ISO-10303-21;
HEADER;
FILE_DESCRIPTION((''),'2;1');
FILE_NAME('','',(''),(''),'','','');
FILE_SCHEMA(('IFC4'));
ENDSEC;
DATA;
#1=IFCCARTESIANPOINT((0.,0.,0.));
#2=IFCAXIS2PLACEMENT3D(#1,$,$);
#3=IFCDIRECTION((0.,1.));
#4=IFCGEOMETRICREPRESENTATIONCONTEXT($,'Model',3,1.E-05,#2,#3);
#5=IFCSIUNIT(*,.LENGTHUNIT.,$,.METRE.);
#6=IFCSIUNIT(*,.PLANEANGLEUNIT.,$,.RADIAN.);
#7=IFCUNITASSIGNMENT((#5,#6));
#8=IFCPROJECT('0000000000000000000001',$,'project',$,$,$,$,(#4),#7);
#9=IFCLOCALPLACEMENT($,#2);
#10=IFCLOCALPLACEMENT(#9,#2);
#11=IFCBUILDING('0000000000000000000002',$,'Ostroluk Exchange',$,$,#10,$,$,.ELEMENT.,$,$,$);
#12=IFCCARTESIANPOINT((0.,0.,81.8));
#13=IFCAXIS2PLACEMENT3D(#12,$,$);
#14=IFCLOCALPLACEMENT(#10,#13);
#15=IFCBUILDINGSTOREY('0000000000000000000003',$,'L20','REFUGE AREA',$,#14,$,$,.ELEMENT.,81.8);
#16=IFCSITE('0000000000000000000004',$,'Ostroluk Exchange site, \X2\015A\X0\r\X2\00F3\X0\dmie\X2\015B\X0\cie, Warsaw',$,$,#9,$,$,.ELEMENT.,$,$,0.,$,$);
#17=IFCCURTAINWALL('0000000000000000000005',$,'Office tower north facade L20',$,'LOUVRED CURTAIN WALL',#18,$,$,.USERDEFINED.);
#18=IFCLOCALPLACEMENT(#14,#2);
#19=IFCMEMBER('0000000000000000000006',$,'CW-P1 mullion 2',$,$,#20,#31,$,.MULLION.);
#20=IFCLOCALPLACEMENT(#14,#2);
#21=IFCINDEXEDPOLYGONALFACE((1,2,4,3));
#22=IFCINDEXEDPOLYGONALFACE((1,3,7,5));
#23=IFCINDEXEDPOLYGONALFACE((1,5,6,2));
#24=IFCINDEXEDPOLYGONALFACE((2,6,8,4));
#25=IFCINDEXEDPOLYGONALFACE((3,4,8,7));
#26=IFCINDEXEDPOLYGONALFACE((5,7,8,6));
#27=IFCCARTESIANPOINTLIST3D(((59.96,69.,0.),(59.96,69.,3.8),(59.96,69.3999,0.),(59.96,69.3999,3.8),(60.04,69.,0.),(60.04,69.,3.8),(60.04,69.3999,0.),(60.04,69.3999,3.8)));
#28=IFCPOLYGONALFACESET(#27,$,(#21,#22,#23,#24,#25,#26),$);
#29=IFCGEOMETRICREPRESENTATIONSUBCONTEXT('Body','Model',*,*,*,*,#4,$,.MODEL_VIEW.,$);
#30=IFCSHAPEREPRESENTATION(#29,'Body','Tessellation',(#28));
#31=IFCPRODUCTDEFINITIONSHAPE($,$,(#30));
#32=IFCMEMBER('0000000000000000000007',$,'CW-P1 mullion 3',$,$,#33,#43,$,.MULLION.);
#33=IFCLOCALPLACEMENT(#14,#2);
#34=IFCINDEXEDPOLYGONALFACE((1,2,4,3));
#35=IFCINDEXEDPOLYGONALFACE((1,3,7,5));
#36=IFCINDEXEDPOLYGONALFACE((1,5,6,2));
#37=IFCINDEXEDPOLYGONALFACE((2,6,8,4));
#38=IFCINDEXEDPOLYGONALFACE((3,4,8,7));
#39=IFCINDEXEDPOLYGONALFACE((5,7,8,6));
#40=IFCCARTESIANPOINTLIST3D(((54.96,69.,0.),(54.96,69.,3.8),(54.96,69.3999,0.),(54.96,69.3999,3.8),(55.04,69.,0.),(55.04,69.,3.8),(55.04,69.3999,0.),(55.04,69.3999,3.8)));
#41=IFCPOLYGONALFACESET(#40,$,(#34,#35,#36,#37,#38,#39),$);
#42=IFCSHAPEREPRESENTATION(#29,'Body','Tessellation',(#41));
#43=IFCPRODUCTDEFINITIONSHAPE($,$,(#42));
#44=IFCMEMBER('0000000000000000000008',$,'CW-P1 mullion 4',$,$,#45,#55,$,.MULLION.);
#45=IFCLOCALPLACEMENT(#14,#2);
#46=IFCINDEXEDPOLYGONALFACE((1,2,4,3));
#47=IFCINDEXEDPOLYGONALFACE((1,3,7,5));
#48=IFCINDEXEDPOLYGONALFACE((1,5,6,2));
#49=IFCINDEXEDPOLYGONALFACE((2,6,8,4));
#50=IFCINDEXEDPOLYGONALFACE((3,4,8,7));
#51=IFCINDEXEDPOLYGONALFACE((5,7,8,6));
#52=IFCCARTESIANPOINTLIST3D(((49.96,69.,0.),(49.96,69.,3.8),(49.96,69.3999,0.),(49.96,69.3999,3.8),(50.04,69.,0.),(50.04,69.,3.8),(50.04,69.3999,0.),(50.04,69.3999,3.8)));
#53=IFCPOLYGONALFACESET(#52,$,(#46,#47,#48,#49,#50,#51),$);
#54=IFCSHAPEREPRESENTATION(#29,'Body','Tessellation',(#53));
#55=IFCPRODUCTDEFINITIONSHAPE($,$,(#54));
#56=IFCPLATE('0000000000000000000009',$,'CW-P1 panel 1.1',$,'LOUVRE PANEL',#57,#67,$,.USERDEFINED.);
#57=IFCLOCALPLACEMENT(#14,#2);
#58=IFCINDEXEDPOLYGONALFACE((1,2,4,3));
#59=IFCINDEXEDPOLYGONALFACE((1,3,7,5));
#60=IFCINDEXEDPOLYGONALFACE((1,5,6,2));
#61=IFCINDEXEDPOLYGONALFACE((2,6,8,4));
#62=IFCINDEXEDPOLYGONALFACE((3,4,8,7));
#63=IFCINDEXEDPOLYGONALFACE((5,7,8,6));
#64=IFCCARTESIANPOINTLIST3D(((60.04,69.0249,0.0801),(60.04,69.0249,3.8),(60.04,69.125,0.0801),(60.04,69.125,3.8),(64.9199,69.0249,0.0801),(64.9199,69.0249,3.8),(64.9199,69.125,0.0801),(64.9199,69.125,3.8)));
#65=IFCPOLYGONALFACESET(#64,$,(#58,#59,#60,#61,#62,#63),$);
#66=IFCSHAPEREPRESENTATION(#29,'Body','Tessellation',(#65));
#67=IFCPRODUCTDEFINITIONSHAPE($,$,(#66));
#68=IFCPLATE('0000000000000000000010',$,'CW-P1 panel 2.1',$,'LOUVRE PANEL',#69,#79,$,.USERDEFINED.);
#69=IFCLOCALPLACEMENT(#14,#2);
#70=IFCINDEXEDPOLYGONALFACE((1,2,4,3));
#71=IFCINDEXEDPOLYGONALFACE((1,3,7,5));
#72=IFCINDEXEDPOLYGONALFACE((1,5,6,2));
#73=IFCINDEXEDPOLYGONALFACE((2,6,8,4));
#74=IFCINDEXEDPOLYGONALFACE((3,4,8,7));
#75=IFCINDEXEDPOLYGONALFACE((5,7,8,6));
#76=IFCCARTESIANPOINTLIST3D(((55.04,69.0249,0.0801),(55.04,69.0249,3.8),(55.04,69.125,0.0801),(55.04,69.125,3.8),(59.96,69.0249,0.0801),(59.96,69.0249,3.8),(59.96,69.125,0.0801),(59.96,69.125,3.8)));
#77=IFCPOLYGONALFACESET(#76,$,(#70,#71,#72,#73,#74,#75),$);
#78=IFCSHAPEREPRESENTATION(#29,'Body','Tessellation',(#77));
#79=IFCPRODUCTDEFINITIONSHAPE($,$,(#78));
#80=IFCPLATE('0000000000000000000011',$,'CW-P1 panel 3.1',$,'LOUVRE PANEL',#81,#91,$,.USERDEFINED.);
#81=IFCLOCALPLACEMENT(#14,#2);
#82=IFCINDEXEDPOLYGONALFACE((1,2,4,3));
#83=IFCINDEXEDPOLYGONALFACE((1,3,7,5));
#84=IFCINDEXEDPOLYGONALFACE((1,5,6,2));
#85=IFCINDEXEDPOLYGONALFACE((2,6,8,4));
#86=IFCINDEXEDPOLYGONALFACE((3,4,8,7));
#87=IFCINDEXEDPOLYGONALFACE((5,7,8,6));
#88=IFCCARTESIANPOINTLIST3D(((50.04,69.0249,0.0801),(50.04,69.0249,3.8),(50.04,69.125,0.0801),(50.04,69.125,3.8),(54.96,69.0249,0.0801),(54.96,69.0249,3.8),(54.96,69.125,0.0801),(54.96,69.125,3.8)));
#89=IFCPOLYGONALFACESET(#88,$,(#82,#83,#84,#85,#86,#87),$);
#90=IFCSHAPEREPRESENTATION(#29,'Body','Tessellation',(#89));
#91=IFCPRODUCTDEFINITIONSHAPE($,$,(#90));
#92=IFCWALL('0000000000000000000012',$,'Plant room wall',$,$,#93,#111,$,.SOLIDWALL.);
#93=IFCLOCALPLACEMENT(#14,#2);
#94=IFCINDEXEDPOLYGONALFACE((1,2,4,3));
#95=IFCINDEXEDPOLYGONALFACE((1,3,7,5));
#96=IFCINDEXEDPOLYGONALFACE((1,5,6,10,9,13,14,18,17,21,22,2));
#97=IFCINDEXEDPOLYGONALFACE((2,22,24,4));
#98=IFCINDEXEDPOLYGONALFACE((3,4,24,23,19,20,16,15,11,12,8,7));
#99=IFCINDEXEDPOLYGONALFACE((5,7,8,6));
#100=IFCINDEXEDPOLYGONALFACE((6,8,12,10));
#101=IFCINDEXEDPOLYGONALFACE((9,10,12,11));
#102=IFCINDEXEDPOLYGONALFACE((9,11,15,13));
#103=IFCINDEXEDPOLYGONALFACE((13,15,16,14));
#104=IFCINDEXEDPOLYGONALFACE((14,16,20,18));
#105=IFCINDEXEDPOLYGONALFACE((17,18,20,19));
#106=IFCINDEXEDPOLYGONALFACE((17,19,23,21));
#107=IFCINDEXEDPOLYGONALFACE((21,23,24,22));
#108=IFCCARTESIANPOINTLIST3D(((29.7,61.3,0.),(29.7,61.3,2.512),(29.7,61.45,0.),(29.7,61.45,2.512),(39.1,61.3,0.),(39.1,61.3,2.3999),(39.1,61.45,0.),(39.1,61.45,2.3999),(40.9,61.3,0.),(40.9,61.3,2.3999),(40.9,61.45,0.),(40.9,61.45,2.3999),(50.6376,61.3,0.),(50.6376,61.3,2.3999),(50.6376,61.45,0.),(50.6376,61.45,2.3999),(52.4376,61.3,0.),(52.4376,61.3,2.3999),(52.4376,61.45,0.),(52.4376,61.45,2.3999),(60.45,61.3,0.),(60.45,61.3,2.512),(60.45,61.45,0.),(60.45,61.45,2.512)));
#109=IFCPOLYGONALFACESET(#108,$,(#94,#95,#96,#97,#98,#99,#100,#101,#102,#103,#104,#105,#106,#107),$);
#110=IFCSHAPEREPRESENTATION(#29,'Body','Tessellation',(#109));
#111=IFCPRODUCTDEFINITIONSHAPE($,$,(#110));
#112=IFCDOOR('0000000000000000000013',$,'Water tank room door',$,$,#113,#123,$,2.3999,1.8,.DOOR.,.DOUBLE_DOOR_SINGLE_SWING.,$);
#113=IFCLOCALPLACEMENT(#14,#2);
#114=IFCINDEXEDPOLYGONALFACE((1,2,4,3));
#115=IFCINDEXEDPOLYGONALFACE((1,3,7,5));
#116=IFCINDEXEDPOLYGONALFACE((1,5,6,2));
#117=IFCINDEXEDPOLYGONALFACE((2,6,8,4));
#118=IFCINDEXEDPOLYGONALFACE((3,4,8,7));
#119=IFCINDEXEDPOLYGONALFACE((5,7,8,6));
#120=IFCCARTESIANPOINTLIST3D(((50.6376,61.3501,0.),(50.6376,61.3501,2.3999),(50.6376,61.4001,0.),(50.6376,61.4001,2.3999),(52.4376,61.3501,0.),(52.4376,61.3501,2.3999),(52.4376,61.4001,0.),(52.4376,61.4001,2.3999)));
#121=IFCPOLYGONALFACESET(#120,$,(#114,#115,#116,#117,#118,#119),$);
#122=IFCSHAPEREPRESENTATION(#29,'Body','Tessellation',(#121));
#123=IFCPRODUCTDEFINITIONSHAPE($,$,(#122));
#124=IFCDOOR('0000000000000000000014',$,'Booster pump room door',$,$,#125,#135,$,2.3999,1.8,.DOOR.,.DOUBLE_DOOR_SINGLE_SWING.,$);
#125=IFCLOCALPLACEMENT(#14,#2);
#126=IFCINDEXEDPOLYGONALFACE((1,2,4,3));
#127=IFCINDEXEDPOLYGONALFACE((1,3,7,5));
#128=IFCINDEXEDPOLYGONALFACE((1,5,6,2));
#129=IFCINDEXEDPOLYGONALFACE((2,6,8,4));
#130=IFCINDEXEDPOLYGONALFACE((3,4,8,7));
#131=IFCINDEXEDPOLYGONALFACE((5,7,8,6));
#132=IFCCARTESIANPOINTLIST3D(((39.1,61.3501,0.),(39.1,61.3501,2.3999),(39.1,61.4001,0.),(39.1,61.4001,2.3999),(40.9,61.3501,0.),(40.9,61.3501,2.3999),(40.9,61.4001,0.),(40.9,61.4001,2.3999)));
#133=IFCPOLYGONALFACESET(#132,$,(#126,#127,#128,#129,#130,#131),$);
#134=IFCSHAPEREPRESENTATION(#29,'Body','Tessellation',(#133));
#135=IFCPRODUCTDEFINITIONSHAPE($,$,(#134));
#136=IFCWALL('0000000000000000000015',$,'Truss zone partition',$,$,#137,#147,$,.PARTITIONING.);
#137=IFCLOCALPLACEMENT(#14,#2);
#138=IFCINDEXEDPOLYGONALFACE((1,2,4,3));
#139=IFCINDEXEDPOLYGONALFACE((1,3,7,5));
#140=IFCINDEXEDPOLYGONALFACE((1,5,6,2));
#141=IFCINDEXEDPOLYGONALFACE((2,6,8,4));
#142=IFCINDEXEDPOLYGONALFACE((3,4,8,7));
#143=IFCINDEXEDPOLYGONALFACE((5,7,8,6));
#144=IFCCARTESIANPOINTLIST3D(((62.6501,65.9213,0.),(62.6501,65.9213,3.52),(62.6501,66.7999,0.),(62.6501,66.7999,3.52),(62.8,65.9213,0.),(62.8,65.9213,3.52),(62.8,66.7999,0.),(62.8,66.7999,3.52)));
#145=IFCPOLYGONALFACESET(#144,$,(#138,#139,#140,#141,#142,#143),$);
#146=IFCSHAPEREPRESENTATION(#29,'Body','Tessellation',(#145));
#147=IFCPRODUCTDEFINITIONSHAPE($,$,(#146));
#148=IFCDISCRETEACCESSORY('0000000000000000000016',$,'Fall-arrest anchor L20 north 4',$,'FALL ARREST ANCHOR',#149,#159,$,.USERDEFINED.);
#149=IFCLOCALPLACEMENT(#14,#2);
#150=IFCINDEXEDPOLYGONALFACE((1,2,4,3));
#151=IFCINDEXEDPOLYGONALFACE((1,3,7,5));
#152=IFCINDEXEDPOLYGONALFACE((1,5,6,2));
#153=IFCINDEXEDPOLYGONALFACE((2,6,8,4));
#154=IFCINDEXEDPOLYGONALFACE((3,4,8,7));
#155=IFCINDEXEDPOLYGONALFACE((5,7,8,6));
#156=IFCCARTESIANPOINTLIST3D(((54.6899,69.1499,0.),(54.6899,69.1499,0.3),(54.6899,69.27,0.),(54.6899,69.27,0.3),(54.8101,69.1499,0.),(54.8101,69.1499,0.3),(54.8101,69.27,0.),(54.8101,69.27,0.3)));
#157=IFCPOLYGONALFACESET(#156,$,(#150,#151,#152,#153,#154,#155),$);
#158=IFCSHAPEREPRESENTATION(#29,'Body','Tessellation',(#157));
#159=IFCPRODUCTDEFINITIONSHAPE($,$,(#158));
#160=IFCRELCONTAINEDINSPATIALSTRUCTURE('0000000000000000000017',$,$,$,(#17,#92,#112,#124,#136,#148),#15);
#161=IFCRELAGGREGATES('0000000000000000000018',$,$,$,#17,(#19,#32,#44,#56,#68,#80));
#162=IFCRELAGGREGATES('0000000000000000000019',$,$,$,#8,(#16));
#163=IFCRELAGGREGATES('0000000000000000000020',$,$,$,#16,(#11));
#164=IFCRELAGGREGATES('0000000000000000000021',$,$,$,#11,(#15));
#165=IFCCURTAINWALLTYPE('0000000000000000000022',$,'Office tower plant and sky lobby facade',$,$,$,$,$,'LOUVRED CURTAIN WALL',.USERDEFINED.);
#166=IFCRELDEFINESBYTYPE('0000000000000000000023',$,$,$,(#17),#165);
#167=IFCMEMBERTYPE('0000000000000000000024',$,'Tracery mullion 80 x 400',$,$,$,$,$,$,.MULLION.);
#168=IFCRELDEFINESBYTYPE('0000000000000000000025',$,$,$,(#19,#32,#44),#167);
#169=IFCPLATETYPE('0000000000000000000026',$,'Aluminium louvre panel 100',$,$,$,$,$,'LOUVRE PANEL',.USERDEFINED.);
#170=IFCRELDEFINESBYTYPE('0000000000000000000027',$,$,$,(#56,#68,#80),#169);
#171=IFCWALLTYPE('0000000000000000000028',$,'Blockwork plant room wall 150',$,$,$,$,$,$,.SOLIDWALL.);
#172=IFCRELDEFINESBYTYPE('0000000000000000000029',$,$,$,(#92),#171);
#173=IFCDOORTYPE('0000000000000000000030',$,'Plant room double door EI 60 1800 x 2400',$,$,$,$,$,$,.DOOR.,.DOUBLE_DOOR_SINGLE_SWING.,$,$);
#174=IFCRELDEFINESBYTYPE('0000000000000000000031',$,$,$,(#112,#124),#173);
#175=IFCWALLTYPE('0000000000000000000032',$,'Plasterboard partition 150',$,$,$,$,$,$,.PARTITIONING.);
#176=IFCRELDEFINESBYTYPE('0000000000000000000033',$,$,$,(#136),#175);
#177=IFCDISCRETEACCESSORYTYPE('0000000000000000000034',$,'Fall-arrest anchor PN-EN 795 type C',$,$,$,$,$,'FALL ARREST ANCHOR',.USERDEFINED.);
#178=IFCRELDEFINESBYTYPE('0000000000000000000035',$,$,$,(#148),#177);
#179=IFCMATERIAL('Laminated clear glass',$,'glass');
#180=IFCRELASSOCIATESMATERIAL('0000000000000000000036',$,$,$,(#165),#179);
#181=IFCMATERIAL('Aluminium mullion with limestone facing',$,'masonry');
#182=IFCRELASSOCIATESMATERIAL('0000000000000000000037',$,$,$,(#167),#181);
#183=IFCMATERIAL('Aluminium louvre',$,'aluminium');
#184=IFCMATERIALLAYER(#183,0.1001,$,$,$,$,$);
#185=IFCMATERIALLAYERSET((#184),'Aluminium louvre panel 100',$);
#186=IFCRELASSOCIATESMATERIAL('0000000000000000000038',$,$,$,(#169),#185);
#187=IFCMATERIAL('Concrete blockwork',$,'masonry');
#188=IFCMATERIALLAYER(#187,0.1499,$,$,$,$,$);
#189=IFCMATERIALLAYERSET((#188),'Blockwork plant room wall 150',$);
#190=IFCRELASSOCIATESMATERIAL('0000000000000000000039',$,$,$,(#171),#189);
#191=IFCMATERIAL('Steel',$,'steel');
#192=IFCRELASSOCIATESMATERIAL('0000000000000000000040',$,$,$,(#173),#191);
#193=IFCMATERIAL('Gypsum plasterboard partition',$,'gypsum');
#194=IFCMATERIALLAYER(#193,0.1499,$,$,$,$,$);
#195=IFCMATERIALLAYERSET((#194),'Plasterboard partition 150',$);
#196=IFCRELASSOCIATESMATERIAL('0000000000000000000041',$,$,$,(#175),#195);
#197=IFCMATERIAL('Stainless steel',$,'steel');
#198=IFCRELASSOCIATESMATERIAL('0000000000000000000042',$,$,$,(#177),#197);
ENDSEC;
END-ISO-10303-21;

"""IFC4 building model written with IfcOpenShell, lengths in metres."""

from ifc_helpers import new_model, si_unit, direction, frame, frame_2d, origin, origin_2d, place, context, subcontext, project, spatial, rectangle, extrude, material, layer, layer_set, material_profile, profile_set, type_object, element, fill, aggregate, save


model = new_model("IFC4")

# Units and contexts
model_context = context("Model", 3, precision=1e-05, world=origin(), true_north=direction((0.0, 1.0)))
body_context = subcontext(model_context, "Body", "Model", "MODEL_VIEW")
ifc_project = project(units=[si_unit("LENGTHUNIT", "METRE"), si_unit("PLANEANGLEUNIT", "RADIAN")], contexts=[model_context])

# Site, building, storey
site_placement = place(None, origin())
site = spatial("IfcSite", under=ifc_project, at=site_placement, Name="Ostroluk Exchange site, Śródmieście, Warsaw", CompositionType="ELEMENT", RefElevation=0.0)
building_placement = place(site_placement, origin())
building = spatial("IfcBuilding", under=site, at=building_placement, Name="Ostroluk Exchange", CompositionType="ELEMENT")
storey_placement = place(building_placement, frame((0.0, 0.0, 81.8)))
storey = spatial("IfcBuildingStorey", under=building, at=storey_placement, Name="L20", Description="REFUGE AREA", CompositionType="ELEMENT", Elevation=81.8)

# Curtain wall, members, plates
ifc_material_1 = material(Name="Laminated clear glass", Category="glass")
curtain_wall_type = type_object("IfcCurtainWallType", Name="Office tower plant and sky lobby facade", ElementType="LOUVRED CURTAIN WALL", PredefinedType="USERDEFINED", material=ifc_material_1)
curtain_wall_placement = place(storey_placement, origin())
curtain_wall = element("IfcCurtainWall", 1, at=curtain_wall_placement, inside=storey, type_object=curtain_wall_type, Name="Office tower north facade L20", ObjectType="LOUVRED CURTAIN WALL", PredefinedType="USERDEFINED")
ifc_material_2 = material(Name="Aluminium mullion with limestone facing", Category="masonry")
ifc_material_profile_1 = material_profile(ifc_material_2, rectangle(XDim=0.3999, YDim=0.0801, at=origin_2d()), Name="Tracery mullion 80 x 400")
ifc_profile_set_1 = profile_set([ifc_material_profile_1], Name="Aluminium mullion with limestone facing")
member_type_1 = type_object("IfcMemberType", Name="Tracery mullion 80 x 400", PredefinedType="MULLION", material=ifc_profile_set_1)
member_1_placement = place(storey_placement, frame((60.0, 69.2, 0.0), z_axis=(0.0, 0.0, 1.0), x_axis=(0.0, -1.0, 0.0)))
member_1 = element("IfcMember", 2, at=member_1_placement, type_object=member_type_1, Name="CW-P1 mullion 2", PredefinedType="MULLION", context=body_context, shape_type="SweptSolid", body=[
    extrude(rectangle(XDim=0.3999, YDim=0.0801, at=origin_2d()), origin(), (0.0, 0.0, 1.0), 3.8),
])
member_2_placement = place(storey_placement, frame((55.0, 69.2, 0.0), z_axis=(0.0, 0.0, 1.0), x_axis=(0.0, -1.0, 0.0)))
member_2 = element("IfcMember", 3, at=member_2_placement, type_object=member_type_1, Name="CW-P1 mullion 3", PredefinedType="MULLION", context=body_context, shape_type="SweptSolid", body=[
    extrude(rectangle(XDim=0.3999, YDim=0.0801, at=origin_2d()), origin(), (0.0, 0.0, 1.0), 3.8),
])
member_3_placement = place(storey_placement, frame((50.0, 69.2, 0.0), z_axis=(0.0, 0.0, 1.0), x_axis=(0.0, -1.0, 0.0)))
member_3 = element("IfcMember", 4, at=member_3_placement, type_object=member_type_1, Name="CW-P1 mullion 4", PredefinedType="MULLION", context=body_context, shape_type="SweptSolid", body=[
    extrude(rectangle(XDim=0.3999, YDim=0.0801, at=origin_2d()), origin(), (0.0, 0.0, 1.0), 3.8),
])
ifc_material_3 = material(Name="Aluminium louvre", Category="aluminium")
ifc_layer_1 = layer(ifc_material_3, 0.1001)
ifc_layer_set_1 = layer_set([ifc_layer_1], Name="Aluminium louvre panel 100")
plate_type = type_object("IfcPlateType", Name="Aluminium louvre panel 100", ElementType="LOUVRE PANEL", PredefinedType="USERDEFINED", material=ifc_layer_set_1)
plate_1_placement = place(storey_placement, frame((62.48, 69.075, 0.0801), z_axis=(0.0, 0.0, 1.0), x_axis=(-1.0, 0.0, 0.0)))
plate_1 = element("IfcPlate", 5, at=plate_1_placement, type_object=plate_type, Name="CW-P1 panel 1.1", ObjectType="LOUVRE PANEL", PredefinedType="USERDEFINED", context=body_context, shape_type="SweptSolid", body=[
    extrude(rectangle(XDim=4.8799, YDim=0.1001, at=origin_2d()), origin(), (0.0, 0.0, 1.0), 3.72),
])
plate_2_placement = place(storey_placement, frame((57.5, 69.075, 0.0801), z_axis=(0.0, 0.0, 1.0), x_axis=(-1.0, 0.0, 0.0)))
plate_2 = element("IfcPlate", 6, at=plate_2_placement, type_object=plate_type, Name="CW-P1 panel 2.1", ObjectType="LOUVRE PANEL", PredefinedType="USERDEFINED", context=body_context, shape_type="SweptSolid", body=[
    extrude(rectangle(XDim=4.9199, YDim=0.1001, at=origin_2d()), origin(), (0.0, 0.0, 1.0), 3.72),
])
plate_3_placement = place(storey_placement, frame((52.5, 69.075, 0.0801), z_axis=(0.0, 0.0, 1.0), x_axis=(-1.0, 0.0, 0.0)))
plate_3 = element("IfcPlate", 7, at=plate_3_placement, type_object=plate_type, Name="CW-P1 panel 3.1", ObjectType="LOUVRE PANEL", PredefinedType="USERDEFINED", context=body_context, shape_type="SweptSolid", body=[
    extrude(rectangle(XDim=4.9199, YDim=0.1001, at=origin_2d()), origin(), (0.0, 0.0, 1.0), 3.72),
])
aggregate(curtain_wall, [member_1, member_2, member_3, plate_1, plate_2, plate_3])

# Wall, openings, doors
ifc_material_4 = material(Name="Concrete blockwork", Category="masonry")
ifc_layer_2 = layer(ifc_material_4, 0.1499)
ifc_layer_set_2 = layer_set([ifc_layer_2], Name="Blockwork plant room wall 150")
wall_type_1 = type_object("IfcWallType", Name="Blockwork plant room wall 150", PredefinedType="SOLIDWALL", material=ifc_layer_set_2)
wall_1_placement = place(storey_placement, frame((60.45, 61.375, 0.0), z_axis=(0.0, 0.0, 1.0), x_axis=(-1.0, 0.0, 0.0)))
wall_1 = element("IfcWall", 8, at=wall_1_placement, inside=storey, type_object=wall_type_1, Name="Plant room wall", PredefinedType="SOLIDWALL", context=body_context, shape_type="SweptSolid", body=[
    extrude(rectangle(XDim=30.75, YDim=0.1499, at=frame_2d((15.375, 0.0))), origin(), (0.0, 0.0, 1.0), 2.512),
])
opening_1_placement = place(wall_1_placement, frame((8.0125, 0.0, 0.0)))
opening_1 = element("IfcOpeningElement", 9, at=opening_1_placement, cuts=wall_1, PredefinedType="OPENING", context=body_context, shape_type="SweptSolid", body=[
    extrude(rectangle(XDim=1.8, YDim=2.3999, at=frame_2d((0.8999, 1.2))), frame((0.0, 0.085, 0.0), z_axis=(0.0, -1.0, 0.0), x_axis=(1.0, 0.0, 0.0)), (0.0, 0.0, 1.0), 0.1699),
])
opening_2_placement = place(wall_1_placement, frame((19.55, 0.0, 0.0)))
opening_2 = element("IfcOpeningElement", 10, at=opening_2_placement, cuts=wall_1, PredefinedType="OPENING", context=body_context, shape_type="SweptSolid", body=[
    extrude(rectangle(XDim=1.8, YDim=2.3999, at=frame_2d((0.8999, 1.2))), frame((0.0, 0.085, 0.0), z_axis=(0.0, -1.0, 0.0), x_axis=(1.0, 0.0, 0.0)), (0.0, 0.0, 1.0), 0.1699),
])
ifc_material_5 = material(Name="Steel", Category="steel")
door_type = type_object("IfcDoorType", Name="Plant room double door EI 60 1800 x 2400", OperationType="DOUBLE_DOOR_SINGLE_SWING", PredefinedType="DOOR", material=ifc_material_5)
door_1_placement = place(opening_1_placement, origin())
door_1 = element("IfcDoor", 11, at=door_1_placement, inside=storey, type_object=door_type, Name="Water tank room door", OperationType="DOUBLE_DOOR_SINGLE_SWING", OverallHeight=2.3999, OverallWidth=1.8, PredefinedType="DOOR", context=body_context, shape_type="SweptSolid", body=[
    extrude(rectangle(XDim=1.8, YDim=2.3999, at=frame_2d((0.8999, 1.2))), frame((0.0, 0.0249, 0.0), z_axis=(0.0, -1.0, 0.0), x_axis=(1.0, 0.0, 0.0)), (0.0, 0.0, 1.0), 0.05),
])
fill(opening_1, door_1)
door_2_placement = place(opening_2_placement, origin())
door_2 = element("IfcDoor", 12, at=door_2_placement, inside=storey, type_object=door_type, Name="Booster pump room door", OperationType="DOUBLE_DOOR_SINGLE_SWING", OverallHeight=2.3999, OverallWidth=1.8, PredefinedType="DOOR", context=body_context, shape_type="SweptSolid", body=[
    extrude(rectangle(XDim=1.8, YDim=2.3999, at=frame_2d((0.8999, 1.2))), frame((0.0, 0.0249, 0.0), z_axis=(0.0, -1.0, 0.0), x_axis=(1.0, 0.0, 0.0)), (0.0, 0.0, 1.0), 0.05),
])
fill(opening_2, door_2)

# Wall
ifc_material_6 = material(Name="Gypsum plasterboard partition", Category="gypsum")
ifc_layer_3 = layer(ifc_material_6, 0.1499)
ifc_layer_set_3 = layer_set([ifc_layer_3], Name="Plasterboard partition 150")
wall_type_2 = type_object("IfcWallType", Name="Plasterboard partition 150", PredefinedType="PARTITIONING", material=ifc_layer_set_3)
wall_2_placement = place(storey_placement, frame((62.7251, 66.8, 0.0), z_axis=(0.0, 0.0, 1.0), x_axis=(0.0, -1.0, 0.0)))
element("IfcWall", 13, at=wall_2_placement, inside=storey, type_object=wall_type_2, Name="Truss zone partition", PredefinedType="PARTITIONING", context=body_context, shape_type="SweptSolid", body=[
    extrude(rectangle(XDim=0.8787, YDim=0.1499, at=frame_2d((0.4395, 0.0))), origin(), (0.0, 0.0, 1.0), 3.52),
])

# Discrete accessory
ifc_material_7 = material(Name="Stainless steel", Category="steel")
discrete_accessory_type = type_object("IfcDiscreteAccessoryType", Name="Fall-arrest anchor PN-EN 795 type C", ElementType="FALL ARREST ANCHOR", PredefinedType="USERDEFINED", material=ifc_material_7)
discrete_accessory_placement = place(storey_placement, frame((54.75, 69.21, 0.0), z_axis=(0.0, 0.0, 1.0), x_axis=(1.0, 0.0, 0.0)))
element("IfcDiscreteAccessory", 14, at=discrete_accessory_placement, inside=storey, type_object=discrete_accessory_type, Name="Fall-arrest anchor L20 north 4", ObjectType="FALL ARREST ANCHOR", PredefinedType="USERDEFINED", context=body_context, shape_type="SweptSolid", body=[
    extrude(rectangle(XDim=0.1201, YDim=0.1201, at=origin_2d()), origin(), (0.0, 0.0, 1.0), 0.3),
])

save(model, "model.ifc")
